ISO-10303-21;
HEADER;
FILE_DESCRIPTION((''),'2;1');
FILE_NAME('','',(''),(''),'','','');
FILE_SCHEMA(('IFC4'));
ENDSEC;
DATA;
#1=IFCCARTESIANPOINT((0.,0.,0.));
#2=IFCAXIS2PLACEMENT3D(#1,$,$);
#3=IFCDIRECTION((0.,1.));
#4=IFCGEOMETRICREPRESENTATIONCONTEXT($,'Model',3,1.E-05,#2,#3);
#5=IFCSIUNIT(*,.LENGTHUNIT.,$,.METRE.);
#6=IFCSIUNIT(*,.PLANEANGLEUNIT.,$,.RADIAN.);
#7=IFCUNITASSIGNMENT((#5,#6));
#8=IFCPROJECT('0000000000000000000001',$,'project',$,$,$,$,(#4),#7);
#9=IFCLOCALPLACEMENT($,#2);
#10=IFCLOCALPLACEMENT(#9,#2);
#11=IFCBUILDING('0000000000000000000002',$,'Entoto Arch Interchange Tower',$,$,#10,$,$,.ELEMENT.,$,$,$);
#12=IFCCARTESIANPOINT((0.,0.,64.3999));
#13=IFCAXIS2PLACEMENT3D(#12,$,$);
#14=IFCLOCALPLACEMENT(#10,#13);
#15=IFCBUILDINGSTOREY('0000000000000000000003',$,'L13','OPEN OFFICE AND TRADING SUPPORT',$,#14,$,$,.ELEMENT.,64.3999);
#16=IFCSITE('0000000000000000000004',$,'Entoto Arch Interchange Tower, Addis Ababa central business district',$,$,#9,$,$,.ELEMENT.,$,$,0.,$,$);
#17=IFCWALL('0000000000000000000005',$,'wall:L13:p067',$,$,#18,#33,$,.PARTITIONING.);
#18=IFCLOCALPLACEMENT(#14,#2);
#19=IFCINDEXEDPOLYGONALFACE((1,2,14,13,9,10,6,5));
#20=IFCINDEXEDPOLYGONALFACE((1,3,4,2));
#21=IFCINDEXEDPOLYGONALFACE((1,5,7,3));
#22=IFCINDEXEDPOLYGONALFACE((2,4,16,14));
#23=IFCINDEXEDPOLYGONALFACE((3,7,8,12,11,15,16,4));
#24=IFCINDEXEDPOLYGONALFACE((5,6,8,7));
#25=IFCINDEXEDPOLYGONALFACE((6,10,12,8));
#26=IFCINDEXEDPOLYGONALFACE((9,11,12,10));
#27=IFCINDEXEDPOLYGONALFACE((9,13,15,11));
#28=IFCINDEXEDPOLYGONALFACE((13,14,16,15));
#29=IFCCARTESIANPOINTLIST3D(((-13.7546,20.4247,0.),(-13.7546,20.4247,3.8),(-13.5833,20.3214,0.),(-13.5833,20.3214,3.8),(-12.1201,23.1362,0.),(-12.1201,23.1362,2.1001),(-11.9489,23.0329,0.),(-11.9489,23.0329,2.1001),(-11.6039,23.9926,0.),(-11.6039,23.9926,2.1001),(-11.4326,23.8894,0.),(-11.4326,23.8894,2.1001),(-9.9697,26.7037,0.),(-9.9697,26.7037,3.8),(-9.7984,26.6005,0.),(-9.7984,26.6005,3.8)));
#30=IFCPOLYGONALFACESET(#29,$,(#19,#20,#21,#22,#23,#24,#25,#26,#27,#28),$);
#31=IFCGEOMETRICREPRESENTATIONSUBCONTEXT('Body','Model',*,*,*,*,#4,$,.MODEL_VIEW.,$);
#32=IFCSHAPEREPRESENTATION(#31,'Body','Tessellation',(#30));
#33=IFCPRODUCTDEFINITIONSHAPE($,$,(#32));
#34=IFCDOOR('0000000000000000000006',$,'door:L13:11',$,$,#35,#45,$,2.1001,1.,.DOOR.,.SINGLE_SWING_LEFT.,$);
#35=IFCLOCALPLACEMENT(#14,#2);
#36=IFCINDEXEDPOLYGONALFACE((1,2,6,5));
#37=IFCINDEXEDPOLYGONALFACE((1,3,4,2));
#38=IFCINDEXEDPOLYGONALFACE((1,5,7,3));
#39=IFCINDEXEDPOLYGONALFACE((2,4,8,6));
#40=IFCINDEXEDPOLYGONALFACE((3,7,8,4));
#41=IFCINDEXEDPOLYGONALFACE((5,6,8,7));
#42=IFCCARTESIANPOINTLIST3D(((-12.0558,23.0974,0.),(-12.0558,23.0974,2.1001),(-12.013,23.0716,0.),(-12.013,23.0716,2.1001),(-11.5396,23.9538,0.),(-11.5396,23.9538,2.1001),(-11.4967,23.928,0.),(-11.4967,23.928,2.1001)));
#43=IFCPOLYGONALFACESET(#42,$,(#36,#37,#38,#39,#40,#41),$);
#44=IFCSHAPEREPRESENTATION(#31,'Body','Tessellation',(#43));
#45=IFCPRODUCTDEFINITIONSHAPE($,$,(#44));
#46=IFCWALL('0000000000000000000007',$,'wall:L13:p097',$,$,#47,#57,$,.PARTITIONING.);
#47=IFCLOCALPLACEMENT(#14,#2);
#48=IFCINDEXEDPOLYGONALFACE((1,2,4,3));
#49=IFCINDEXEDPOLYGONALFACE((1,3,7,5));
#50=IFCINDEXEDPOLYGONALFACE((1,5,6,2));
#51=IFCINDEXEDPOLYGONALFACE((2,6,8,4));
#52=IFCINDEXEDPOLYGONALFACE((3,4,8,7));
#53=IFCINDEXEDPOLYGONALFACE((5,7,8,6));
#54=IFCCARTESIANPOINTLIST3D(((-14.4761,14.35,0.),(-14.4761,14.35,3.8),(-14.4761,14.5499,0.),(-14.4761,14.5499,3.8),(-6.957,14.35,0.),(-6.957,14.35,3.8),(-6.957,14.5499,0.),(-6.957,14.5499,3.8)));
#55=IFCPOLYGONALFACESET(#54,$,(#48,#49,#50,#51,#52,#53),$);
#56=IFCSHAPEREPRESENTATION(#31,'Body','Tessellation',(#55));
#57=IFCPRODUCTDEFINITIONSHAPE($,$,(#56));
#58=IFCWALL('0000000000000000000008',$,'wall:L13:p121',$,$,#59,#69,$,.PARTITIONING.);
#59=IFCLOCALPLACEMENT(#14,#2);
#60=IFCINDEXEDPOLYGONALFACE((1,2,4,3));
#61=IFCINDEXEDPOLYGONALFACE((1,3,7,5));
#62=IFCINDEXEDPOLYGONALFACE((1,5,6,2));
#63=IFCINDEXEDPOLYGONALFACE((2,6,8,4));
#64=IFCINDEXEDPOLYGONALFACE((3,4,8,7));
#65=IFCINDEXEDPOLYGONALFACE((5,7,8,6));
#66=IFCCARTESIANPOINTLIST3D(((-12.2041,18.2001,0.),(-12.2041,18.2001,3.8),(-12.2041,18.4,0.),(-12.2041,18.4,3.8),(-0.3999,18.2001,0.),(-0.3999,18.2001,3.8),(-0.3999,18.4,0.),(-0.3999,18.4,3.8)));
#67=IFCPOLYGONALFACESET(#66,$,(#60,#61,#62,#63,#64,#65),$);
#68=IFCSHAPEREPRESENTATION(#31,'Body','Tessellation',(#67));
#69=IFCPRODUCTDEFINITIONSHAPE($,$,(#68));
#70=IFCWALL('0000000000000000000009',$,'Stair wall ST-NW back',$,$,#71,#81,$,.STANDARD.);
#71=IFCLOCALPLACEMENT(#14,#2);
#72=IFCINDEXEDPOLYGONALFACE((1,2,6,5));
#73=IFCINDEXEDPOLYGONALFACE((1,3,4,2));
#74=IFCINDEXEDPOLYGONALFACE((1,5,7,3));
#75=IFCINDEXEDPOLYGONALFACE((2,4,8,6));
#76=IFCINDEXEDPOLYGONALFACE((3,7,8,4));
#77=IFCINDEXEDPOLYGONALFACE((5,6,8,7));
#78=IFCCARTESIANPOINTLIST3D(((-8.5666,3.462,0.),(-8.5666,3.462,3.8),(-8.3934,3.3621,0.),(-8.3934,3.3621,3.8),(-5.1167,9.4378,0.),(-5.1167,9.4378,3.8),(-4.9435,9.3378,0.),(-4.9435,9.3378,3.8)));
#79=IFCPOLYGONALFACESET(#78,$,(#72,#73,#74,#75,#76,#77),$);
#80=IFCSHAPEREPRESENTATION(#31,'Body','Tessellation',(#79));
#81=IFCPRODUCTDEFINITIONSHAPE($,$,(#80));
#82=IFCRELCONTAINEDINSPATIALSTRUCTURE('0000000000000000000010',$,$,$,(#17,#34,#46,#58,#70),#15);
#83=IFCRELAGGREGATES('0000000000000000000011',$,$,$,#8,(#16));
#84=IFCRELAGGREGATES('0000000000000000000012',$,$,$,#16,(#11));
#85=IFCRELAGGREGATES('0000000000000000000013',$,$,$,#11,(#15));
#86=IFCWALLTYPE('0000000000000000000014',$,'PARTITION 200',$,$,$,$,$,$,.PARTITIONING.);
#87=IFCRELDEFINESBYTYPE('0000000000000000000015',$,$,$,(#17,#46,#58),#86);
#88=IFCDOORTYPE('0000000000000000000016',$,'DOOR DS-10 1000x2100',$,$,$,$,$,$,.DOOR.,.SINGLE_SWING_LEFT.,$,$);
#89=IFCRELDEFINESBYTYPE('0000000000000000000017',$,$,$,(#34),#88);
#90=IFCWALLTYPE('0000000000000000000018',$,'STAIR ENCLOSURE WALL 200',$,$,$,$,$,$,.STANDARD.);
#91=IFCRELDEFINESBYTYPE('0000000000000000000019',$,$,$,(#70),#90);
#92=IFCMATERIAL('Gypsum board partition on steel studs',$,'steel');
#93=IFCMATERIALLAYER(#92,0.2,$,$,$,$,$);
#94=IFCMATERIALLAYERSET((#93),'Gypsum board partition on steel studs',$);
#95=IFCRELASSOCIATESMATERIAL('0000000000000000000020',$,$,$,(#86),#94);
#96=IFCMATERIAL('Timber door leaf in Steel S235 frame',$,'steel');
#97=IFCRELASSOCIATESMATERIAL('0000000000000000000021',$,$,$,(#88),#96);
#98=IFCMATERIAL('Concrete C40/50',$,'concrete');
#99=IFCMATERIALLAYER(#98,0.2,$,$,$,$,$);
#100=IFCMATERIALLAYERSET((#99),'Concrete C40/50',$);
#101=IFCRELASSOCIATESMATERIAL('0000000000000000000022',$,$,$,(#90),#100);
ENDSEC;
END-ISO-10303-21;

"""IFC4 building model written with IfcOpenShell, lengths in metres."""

from ifc_helpers import new_model, si_unit, direction, frame, frame_2d, origin, place, context, subcontext, project, spatial, rectangle, extrude, material, layer, layer_set, type_object, element, fill, save


model = new_model("IFC4")

# Units and contexts
model_context = context("Model", 3, precision=1e-05, world=origin(), true_north=direction((0.0, 1.0)))
body_context = subcontext(model_context, "Body", "Model", "MODEL_VIEW")
ifc_project = project(units=[si_unit("LENGTHUNIT", "METRE"), si_unit("PLANEANGLEUNIT", "RADIAN")], contexts=[model_context])

# Site, building, storey
site_placement = place(None, origin())
site = spatial("IfcSite", under=ifc_project, at=site_placement, Name="Entoto Arch Interchange Tower, Addis Ababa central business district", CompositionType="ELEMENT", RefElevation=0.0)
building_placement = place(site_placement, origin())
building = spatial("IfcBuilding", under=site, at=building_placement, Name="Entoto Arch Interchange Tower", CompositionType="ELEMENT")
storey_placement = place(building_placement, frame((0.0, 0.0, 64.3999)))
storey = spatial("IfcBuildingStorey", under=building, at=storey_placement, Name="L13", Description="OPEN OFFICE AND TRADING SUPPORT", CompositionType="ELEMENT", Elevation=64.3999)

# Shared definitions
ifc_material_1 = material(Name="Concrete C40/50", Category="concrete")

# Shared definitions
ifc_material_2 = material(Name="Gypsum board partition on steel studs", Category="steel")
ifc_layer_1 = layer(ifc_material_2, 0.2)
ifc_layer_set_1 = layer_set([ifc_layer_1], Name="Gypsum board partition on steel studs")
wall_type_1 = type_object("IfcWallType", Name="PARTITION 200", PredefinedType="PARTITIONING", material=ifc_layer_set_1)

# Wall, opening, door
wall_1_placement = place(storey_placement, frame((-13.6689, 20.373, 0.0), z_axis=(0.0, 0.0, 1.0), x_axis=(0.516248, 0.856439, 0.0)))
wall_1 = element("IfcWall", 1, at=wall_1_placement, inside=storey, type_object=wall_type_1, Name="wall:L13:p067", PredefinedType="PARTITIONING", context=body_context, shape_type="SweptSolid", body=[
    extrude(rectangle(XDim=7.3315, YDim=0.2, at=frame_2d((3.6658, 0.0))), origin(), (0.0, 0.0, 1.0), 3.8),
])
opening_1_placement = place(wall_1_placement, frame((3.166, 0.0, 0.0)))
opening_1 = element("IfcOpeningElement", 2, at=opening_1_placement, cuts=wall_1, PredefinedType="OPENING", context=body_context, shape_type="SweptSolid", body=[
    extrude(rectangle(XDim=1.0, YDim=2.1001, at=frame_2d((0.5, 1.05))), frame((0.0, 0.1099, 0.0), z_axis=(0.0, -1.0, 0.0), x_axis=(1.0, 0.0, 0.0)), (0.0, 0.0, 1.0), 0.22),
])
ifc_material_3 = material(Name="Timber door leaf in Steel S235 frame", Category="steel")
door_type_1 = type_object("IfcDoorType", Name="DOOR DS-10 1000x2100", OperationType="SINGLE_SWING_LEFT", PredefinedType="DOOR", material=ifc_material_3)
door_1_placement = place(opening_1_placement, origin())
door_1 = element("IfcDoor", 3, at=door_1_placement, inside=storey, type_object=door_type_1, Name="door:L13:11", OperationType="SINGLE_SWING_LEFT", OverallHeight=2.1001, OverallWidth=1.0, PredefinedType="DOOR", context=body_context, shape_type="SweptSolid", body=[
    extrude(rectangle(XDim=1.0, YDim=2.1001, at=frame_2d((0.5, 1.05))), frame((0.0, 0.0249, 0.0), z_axis=(0.0, -1.0, 0.0), x_axis=(1.0, 0.0, 0.0)), (0.0, 0.0, 1.0), 0.05),
])
fill(opening_1, door_1)

# Walls
wall_2_placement = place(storey_placement, frame((-6.957, 14.45, 0.0), z_axis=(0.0, 0.0, 1.0), x_axis=(-1.0, 0.0, 0.0)))
element("IfcWall", 4, at=wall_2_placement, inside=storey, type_object=wall_type_1, Name="wall:L13:p097", PredefinedType="PARTITIONING", context=body_context, shape_type="SweptSolid", body=[
    extrude(rectangle(XDim=7.519, YDim=0.2, at=frame_2d((3.7595, 0.0))), origin(), (0.0, 0.0, 1.0), 3.8),
])
wall_3_placement = place(storey_placement, frame((-12.2041, 18.3, 0.0), z_axis=(0.0, 0.0, 1.0), x_axis=(1.0, 0.0, 0.0)))
element("IfcWall", 5, at=wall_3_placement, inside=storey, type_object=wall_type_1, Name="wall:L13:p121", PredefinedType="PARTITIONING", context=body_context, shape_type="SweptSolid", body=[
    extrude(rectangle(XDim=11.8042, YDim=0.2, at=frame_2d((5.9021, 0.0))), origin(), (0.0, 0.0, 1.0), 3.8),
])
ifc_layer_2 = layer(ifc_material_1, 0.2)
ifc_layer_set_2 = layer_set([ifc_layer_2], Name="Concrete C40/50")
wall_type_2 = type_object("IfcWallType", Name="STAIR ENCLOSURE WALL 200", PredefinedType="STANDARD", material=ifc_layer_set_2)
wall_4_placement = place(storey_placement, frame((-5.03, 9.3879, 0.0), z_axis=(0.0, 0.0, 1.0), x_axis=(-0.499979, -0.866038, 0.0)))
element("IfcWall", 6, at=wall_4_placement, inside=storey, type_object=wall_type_2, Name="Stair wall ST-NW back", PredefinedType="STANDARD", context=body_context, shape_type="SweptSolid", body=[
    extrude(rectangle(XDim=6.9001, YDim=0.2, at=frame_2d((3.4502, 0.0))), origin(), (0.0, 0.0, 1.0), 3.8),
])

save(model, "model.ifc")
